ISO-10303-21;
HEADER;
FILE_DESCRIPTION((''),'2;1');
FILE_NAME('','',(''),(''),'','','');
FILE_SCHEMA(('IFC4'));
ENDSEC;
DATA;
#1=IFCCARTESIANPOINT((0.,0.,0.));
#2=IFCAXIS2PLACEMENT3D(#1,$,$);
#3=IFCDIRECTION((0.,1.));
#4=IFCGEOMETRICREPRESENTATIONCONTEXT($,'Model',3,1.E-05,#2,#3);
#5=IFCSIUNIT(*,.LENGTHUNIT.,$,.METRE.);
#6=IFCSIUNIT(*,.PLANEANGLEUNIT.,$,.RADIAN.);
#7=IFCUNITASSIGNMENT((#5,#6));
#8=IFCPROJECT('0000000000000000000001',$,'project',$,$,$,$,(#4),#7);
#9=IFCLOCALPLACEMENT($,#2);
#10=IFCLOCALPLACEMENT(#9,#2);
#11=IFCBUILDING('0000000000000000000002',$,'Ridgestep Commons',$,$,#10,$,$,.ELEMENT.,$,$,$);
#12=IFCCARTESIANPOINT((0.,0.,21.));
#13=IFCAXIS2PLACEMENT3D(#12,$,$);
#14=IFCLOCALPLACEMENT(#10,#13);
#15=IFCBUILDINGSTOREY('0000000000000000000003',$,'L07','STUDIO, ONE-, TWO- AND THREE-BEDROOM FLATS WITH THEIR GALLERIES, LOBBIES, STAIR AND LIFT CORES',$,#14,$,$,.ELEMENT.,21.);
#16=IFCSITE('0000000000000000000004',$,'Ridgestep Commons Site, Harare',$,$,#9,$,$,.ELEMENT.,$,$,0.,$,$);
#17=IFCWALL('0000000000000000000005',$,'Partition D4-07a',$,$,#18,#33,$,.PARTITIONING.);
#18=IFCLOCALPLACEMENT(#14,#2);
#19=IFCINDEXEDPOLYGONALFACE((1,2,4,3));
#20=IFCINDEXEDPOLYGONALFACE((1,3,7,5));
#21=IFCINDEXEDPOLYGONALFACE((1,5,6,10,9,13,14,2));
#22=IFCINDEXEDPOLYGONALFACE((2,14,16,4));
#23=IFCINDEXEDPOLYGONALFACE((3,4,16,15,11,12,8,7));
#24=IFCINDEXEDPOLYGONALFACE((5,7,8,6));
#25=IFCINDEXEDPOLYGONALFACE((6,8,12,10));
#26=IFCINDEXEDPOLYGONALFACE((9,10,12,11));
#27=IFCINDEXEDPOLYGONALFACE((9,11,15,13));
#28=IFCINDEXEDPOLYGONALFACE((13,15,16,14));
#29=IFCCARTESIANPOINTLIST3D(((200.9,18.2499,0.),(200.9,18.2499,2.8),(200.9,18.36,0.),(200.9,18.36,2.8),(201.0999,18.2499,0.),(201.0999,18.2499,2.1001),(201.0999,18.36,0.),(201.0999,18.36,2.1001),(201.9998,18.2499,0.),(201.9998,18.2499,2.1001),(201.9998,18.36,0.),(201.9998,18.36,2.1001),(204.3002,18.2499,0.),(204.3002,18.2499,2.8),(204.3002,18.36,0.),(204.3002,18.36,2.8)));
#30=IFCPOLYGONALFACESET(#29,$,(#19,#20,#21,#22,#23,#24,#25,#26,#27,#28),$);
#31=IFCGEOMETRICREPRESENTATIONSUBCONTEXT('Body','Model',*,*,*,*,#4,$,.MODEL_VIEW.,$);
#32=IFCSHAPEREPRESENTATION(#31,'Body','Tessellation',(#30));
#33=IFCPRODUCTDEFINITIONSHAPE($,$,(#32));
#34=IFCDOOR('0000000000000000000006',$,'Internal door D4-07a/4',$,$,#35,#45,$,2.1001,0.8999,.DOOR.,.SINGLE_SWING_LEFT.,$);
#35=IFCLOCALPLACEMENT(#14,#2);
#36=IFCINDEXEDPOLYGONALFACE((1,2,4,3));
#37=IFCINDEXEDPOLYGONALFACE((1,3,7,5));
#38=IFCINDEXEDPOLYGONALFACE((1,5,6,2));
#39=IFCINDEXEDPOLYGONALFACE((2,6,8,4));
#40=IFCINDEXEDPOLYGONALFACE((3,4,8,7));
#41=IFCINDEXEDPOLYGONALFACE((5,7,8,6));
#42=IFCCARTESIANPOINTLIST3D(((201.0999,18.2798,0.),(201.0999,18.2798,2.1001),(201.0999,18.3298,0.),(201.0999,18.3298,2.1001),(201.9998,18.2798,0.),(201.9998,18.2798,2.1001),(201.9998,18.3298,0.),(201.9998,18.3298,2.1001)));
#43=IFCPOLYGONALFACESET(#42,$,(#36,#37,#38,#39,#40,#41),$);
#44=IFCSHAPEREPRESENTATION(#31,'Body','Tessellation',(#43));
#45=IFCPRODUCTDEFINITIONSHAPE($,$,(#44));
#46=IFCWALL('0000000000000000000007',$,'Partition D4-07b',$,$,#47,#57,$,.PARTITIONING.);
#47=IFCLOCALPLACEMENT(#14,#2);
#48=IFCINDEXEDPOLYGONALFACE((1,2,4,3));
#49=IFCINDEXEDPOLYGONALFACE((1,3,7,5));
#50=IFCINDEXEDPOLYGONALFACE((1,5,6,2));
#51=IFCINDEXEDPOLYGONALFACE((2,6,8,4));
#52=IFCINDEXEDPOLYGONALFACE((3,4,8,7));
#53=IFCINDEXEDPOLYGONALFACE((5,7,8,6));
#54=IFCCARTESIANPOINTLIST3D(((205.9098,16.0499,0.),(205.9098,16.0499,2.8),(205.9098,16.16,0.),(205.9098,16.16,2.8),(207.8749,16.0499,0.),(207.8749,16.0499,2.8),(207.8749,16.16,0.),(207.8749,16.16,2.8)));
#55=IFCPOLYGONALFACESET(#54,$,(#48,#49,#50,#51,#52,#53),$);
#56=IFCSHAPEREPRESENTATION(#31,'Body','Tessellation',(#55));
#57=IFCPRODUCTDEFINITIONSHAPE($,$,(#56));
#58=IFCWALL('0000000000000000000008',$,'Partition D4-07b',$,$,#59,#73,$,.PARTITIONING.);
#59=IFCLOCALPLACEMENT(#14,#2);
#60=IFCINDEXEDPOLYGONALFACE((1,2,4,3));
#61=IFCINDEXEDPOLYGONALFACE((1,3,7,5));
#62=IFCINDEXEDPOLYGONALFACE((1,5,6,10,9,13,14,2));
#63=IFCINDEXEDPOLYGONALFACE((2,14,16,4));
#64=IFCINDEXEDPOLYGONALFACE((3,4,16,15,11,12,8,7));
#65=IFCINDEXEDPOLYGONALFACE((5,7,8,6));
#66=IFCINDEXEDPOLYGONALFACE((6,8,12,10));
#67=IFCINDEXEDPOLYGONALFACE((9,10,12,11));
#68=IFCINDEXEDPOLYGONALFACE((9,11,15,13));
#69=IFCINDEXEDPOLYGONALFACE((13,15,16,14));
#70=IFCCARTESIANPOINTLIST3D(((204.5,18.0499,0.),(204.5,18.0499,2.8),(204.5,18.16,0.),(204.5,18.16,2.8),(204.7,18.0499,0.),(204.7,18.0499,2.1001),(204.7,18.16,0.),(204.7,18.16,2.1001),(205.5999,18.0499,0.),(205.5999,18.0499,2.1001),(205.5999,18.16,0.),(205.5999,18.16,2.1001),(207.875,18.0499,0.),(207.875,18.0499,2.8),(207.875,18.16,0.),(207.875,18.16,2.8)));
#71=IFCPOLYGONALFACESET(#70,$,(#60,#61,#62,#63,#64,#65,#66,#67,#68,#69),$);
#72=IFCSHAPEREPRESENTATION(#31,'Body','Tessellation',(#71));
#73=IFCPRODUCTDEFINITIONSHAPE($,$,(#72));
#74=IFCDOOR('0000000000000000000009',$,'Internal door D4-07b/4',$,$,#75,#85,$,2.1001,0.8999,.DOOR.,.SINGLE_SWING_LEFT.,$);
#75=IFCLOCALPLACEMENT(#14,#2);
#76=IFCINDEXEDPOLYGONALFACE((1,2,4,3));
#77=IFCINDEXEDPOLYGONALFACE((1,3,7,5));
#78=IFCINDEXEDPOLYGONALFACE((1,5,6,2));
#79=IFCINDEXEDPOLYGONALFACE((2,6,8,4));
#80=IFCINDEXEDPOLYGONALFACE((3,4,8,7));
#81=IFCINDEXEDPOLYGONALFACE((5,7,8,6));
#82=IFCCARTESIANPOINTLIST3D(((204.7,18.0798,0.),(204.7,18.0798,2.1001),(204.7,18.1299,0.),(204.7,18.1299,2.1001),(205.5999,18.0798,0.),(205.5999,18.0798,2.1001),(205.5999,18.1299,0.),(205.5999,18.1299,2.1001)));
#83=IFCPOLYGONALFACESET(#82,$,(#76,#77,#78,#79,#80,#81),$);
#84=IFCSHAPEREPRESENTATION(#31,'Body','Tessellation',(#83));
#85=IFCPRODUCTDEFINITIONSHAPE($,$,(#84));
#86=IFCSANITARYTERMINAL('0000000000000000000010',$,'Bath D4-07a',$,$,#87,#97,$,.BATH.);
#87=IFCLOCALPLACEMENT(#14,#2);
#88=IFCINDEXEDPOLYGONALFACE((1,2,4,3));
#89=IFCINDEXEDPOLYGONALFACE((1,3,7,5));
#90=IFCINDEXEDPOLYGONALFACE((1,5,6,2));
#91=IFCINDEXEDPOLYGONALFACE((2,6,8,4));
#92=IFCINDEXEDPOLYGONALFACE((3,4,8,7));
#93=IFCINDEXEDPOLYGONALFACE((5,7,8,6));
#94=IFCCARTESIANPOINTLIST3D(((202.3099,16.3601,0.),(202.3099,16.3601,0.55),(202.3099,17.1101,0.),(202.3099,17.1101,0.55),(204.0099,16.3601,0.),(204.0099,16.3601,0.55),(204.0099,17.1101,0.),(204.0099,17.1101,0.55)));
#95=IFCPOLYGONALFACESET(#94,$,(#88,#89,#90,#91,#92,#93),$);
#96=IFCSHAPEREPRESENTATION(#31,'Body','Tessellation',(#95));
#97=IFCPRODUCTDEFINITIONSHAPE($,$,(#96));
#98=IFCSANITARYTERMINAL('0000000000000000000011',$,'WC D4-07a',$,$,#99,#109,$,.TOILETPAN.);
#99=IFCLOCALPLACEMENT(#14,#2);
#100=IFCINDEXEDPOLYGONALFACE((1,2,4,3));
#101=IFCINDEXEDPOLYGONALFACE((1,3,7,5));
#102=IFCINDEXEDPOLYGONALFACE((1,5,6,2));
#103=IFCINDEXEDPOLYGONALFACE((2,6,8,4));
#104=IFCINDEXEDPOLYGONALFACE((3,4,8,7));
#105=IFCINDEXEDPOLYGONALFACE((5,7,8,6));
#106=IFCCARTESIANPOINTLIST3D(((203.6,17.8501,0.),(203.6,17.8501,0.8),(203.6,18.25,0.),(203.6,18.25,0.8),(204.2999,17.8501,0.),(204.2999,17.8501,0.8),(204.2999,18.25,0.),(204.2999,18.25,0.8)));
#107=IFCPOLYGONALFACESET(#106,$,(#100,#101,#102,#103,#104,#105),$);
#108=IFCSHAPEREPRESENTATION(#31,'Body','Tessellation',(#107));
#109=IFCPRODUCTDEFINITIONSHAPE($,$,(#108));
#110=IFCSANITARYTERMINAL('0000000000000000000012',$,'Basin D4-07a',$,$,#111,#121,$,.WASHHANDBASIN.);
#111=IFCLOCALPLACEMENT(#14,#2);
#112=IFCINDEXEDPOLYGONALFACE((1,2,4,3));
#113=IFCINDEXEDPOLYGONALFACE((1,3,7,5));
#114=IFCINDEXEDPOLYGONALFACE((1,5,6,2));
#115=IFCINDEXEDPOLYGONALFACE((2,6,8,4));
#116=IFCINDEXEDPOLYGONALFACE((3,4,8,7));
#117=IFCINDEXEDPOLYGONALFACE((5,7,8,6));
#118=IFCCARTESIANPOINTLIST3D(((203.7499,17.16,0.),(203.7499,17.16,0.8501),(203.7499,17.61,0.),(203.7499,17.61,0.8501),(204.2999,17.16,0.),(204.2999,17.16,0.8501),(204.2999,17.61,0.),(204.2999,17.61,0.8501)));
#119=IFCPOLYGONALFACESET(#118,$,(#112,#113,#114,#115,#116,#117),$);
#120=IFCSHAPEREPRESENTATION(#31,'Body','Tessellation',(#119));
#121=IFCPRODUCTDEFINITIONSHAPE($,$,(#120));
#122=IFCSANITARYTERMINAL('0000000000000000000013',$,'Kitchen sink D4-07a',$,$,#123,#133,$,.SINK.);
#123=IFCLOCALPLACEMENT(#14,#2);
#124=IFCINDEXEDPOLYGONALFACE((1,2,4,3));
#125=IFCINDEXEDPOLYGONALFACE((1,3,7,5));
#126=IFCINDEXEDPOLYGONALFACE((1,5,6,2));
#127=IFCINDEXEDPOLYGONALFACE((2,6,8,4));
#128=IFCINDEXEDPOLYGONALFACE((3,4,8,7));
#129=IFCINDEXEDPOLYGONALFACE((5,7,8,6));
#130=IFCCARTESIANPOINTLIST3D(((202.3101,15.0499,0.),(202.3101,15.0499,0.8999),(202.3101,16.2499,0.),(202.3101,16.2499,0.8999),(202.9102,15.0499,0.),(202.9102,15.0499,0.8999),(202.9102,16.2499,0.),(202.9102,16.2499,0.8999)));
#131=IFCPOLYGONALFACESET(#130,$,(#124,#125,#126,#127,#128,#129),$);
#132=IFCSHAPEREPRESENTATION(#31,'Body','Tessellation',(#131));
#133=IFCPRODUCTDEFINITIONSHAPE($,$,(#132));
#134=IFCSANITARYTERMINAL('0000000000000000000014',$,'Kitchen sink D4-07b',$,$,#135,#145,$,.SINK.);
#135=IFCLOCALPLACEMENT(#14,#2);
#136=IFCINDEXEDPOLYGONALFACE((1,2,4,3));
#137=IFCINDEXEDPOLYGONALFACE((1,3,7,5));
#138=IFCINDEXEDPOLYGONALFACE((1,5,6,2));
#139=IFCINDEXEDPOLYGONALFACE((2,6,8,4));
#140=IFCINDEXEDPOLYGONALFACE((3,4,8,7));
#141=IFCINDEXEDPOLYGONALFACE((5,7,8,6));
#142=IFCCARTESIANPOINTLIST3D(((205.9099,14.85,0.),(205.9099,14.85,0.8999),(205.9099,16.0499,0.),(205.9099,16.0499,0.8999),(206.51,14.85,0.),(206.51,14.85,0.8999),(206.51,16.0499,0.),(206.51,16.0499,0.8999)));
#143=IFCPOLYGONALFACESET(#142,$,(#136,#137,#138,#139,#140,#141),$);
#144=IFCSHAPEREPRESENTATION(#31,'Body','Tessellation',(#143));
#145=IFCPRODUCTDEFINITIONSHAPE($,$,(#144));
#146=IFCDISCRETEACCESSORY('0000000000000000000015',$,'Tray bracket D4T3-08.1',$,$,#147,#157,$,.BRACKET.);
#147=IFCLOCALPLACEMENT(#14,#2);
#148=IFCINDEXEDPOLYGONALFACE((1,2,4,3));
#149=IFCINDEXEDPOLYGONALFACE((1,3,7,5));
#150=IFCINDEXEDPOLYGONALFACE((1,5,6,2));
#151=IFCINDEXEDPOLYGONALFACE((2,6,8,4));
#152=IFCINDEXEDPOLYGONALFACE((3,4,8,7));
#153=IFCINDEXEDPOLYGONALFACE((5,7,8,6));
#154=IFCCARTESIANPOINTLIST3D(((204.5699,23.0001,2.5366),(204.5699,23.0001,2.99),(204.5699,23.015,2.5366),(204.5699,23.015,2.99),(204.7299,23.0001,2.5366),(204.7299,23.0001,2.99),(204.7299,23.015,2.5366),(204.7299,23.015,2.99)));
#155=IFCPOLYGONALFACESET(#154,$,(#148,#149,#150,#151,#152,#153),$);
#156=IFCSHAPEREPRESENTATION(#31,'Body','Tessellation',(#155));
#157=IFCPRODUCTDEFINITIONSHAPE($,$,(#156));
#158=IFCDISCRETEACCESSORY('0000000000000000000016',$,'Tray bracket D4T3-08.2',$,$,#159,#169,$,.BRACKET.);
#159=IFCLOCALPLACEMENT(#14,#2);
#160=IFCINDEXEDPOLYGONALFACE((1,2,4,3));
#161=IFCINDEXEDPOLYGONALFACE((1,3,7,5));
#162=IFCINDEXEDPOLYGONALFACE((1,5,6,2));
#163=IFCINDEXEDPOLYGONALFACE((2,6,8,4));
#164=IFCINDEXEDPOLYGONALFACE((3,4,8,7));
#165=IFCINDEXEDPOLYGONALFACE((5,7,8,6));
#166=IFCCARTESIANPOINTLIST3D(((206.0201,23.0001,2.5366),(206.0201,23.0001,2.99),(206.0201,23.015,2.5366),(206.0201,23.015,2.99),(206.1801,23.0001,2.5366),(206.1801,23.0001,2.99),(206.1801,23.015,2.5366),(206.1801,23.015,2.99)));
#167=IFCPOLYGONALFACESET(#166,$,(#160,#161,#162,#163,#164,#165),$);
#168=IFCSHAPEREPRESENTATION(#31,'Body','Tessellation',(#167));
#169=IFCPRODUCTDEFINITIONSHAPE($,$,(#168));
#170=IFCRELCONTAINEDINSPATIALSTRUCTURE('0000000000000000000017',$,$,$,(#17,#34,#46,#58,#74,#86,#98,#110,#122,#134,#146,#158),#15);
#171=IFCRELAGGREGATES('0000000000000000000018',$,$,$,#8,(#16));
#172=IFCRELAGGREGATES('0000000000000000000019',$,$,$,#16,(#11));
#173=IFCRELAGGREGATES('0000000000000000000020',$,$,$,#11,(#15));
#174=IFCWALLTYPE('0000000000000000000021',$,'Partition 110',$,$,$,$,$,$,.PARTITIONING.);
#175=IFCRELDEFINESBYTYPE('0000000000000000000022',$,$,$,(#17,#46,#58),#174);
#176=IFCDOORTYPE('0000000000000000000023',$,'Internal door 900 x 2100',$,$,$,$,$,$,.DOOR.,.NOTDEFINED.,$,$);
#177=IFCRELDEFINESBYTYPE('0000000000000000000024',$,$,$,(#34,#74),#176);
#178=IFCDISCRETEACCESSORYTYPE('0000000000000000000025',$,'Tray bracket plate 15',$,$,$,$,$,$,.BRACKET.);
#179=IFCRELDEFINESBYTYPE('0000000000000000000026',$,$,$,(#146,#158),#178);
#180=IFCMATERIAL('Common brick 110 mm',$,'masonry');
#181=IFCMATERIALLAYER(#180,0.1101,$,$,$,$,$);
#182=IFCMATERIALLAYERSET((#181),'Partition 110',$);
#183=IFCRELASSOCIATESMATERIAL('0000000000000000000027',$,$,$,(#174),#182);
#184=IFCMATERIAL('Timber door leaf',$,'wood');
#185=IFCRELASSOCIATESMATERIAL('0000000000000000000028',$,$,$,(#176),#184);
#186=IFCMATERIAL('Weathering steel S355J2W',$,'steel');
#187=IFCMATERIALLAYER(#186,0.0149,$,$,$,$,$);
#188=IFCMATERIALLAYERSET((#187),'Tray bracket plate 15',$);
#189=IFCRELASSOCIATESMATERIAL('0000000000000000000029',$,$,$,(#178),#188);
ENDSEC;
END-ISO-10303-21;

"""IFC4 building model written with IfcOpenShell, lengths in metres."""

from ifc_helpers import new_model, si_unit, direction, frame, frame_2d, origin, origin_2d, place, context, subcontext, project, spatial, rectangle, extrude, material, layer, layer_set, type_object, element, fill, save


model = new_model("IFC4")

# Units and contexts
model_context = context("Model", 3, precision=1e-05, world=origin(), true_north=direction((0.0, 1.0)))
body_context = subcontext(model_context, "Body", "Model", "MODEL_VIEW")
ifc_project = project(units=[si_unit("LENGTHUNIT", "METRE"), si_unit("PLANEANGLEUNIT", "RADIAN")], contexts=[model_context])

# Site, building, storey
site_placement = place(None, origin())
site = spatial("IfcSite", under=ifc_project, at=site_placement, Name="Ridgestep Commons Site, Harare", CompositionType="ELEMENT", RefElevation=0.0)
building_placement = place(site_placement, origin())
building = spatial("IfcBuilding", under=site, at=building_placement, Name="Ridgestep Commons", CompositionType="ELEMENT")
storey_placement = place(building_placement, frame((0.0, 0.0, 21.0)))
storey = spatial("IfcBuildingStorey", under=building, at=storey_placement, Name="L07", Description="STUDIO, ONE-, TWO- AND THREE-BEDROOM FLATS WITH THEIR GALLERIES, LOBBIES, STAIR AND LIFT CORES", CompositionType="ELEMENT", Elevation=21.0)

# Shared definitions
ifc_material_1 = material(Name="Common brick 110 mm", Category="masonry")
ifc_layer_1 = layer(ifc_material_1, 0.1101)
ifc_layer_set_1 = layer_set([ifc_layer_1], Name="Partition 110")
wall_type_1 = type_object("IfcWallType", Name="Partition 110", PredefinedType="PARTITIONING", material=ifc_layer_set_1)

# Wall, opening, door
wall_1_placement = place(storey_placement, frame((200.8999, 18.3049, 0.0), z_axis=(0.0, 0.0, 1.0), x_axis=(1.0, 0.0, 0.0)))
wall_1 = element("IfcWall", 1, at=wall_1_placement, inside=storey, type_object=wall_type_1, Name="Partition D4-07a", PredefinedType="PARTITIONING", context=body_context, shape_type="SweptSolid", body=[
    extrude(rectangle(XDim=3.4001, YDim=0.1101, at=frame_2d((1.7002, 0.0))), origin(), (0.0, 0.0, 1.0), 2.8),
])
opening_1_placement = place(wall_1_placement, frame((0.2, 0.0, 0.0)))
opening_1 = element("IfcOpeningElement", 2, at=opening_1_placement, cuts=wall_1, PredefinedType="OPENING", context=body_context, shape_type="SweptSolid", body=[
    extrude(rectangle(XDim=0.8999, YDim=2.1001, at=frame_2d((0.45, 1.05))), frame((0.0, 0.0649, 0.0), z_axis=(0.0, -1.0, 0.0), x_axis=(1.0, 0.0, 0.0)), (0.0, 0.0, 1.0), 0.1301),
])
ifc_material_2 = material(Name="Timber door leaf", Category="wood")
door_type = type_object("IfcDoorType", Name="Internal door 900 x 2100", OperationType="NOTDEFINED", PredefinedType="DOOR", material=ifc_material_2)
door_1_placement = place(opening_1_placement, origin())
door_1 = element("IfcDoor", 3, at=door_1_placement, inside=storey, type_object=door_type, Name="Internal door D4-07a/4", OperationType="SINGLE_SWING_LEFT", OverallHeight=2.1001, OverallWidth=0.8999, PredefinedType="DOOR", context=body_context, shape_type="SweptSolid", body=[
    extrude(rectangle(XDim=0.8999, YDim=2.1001, at=frame_2d((0.45, 1.05))), frame((0.0, 0.0249, 0.0), z_axis=(0.0, -1.0, 0.0), x_axis=(1.0, 0.0, 0.0)), (0.0, 0.0, 1.0), 0.05),
])
fill(opening_1, door_1)

# Wall
wall_2_placement = place(storey_placement, frame((205.9099, 16.105, 0.0), z_axis=(0.0, 0.0, 1.0), x_axis=(1.0, 0.0, 0.0)))
element("IfcWall", 4, at=wall_2_placement, inside=storey, type_object=wall_type_1, Name="Partition D4-07b", PredefinedType="PARTITIONING", context=body_context, shape_type="SweptSolid", body=[
    extrude(rectangle(XDim=1.9651, YDim=0.1101, at=frame_2d((0.9824, 0.0))), origin(), (0.0, 0.0, 1.0), 2.8),
])

# Wall, opening, door
wall_3_placement = place(storey_placement, frame((204.5, 18.105, 0.0), z_axis=(0.0, 0.0, 1.0), x_axis=(1.0, 0.0, 0.0)))
wall_3 = element("IfcWall", 5, at=wall_3_placement, inside=storey, type_object=wall_type_1, Name="Partition D4-07b", PredefinedType="PARTITIONING", context=body_context, shape_type="SweptSolid", body=[
    extrude(rectangle(XDim=3.375, YDim=0.1101, at=frame_2d((1.6875, 0.0))), origin(), (0.0, 0.0, 1.0), 2.8),
])
opening_2_placement = place(wall_3_placement, frame((0.2, 0.0, 0.0)))
opening_2 = element("IfcOpeningElement", 6, at=opening_2_placement, cuts=wall_3, PredefinedType="OPENING", context=body_context, shape_type="SweptSolid", body=[
    extrude(rectangle(XDim=0.8999, YDim=2.1001, at=frame_2d((0.45, 1.05))), frame((0.0, 0.0649, 0.0), z_axis=(0.0, -1.0, 0.0), x_axis=(1.0, 0.0, 0.0)), (0.0, 0.0, 1.0), 0.1301),
])
door_2_placement = place(opening_2_placement, origin())
door_2 = element("IfcDoor", 7, at=door_2_placement, inside=storey, type_object=door_type, Name="Internal door D4-07b/4", OperationType="SINGLE_SWING_LEFT", OverallHeight=2.1001, OverallWidth=0.8999, PredefinedType="DOOR", context=body_context, shape_type="SweptSolid", body=[
    extrude(rectangle(XDim=0.8999, YDim=2.1001, at=frame_2d((0.45, 1.05))), frame((0.0, 0.0249, 0.0), z_axis=(0.0, -1.0, 0.0), x_axis=(1.0, 0.0, 0.0)), (0.0, 0.0, 1.0), 0.05),
])
fill(opening_2, door_2)

# Sanitary terminals
sanitary_terminal_1_placement = place(storey_placement, frame((203.1599, 16.7351, 0.0), z_axis=(0.0, 0.0, 1.0), x_axis=(1.0, 0.0, 0.0)))
element("IfcSanitaryTerminal", 8, at=sanitary_terminal_1_placement, inside=storey, Name="Bath D4-07a", PredefinedType="BATH", context=body_context, shape_type="SweptSolid", body=[
    extrude(rectangle(XDim=1.7, YDim=0.75, at=origin_2d()), origin(), (0.0, 0.0, 1.0), 0.55),
])
sanitary_terminal_2_placement = place(storey_placement, frame((203.95, 18.05, 0.0), z_axis=(0.0, 0.0, 1.0), x_axis=(1.0, 0.0, 0.0)))
element("IfcSanitaryTerminal", 9, at=sanitary_terminal_2_placement, inside=storey, Name="WC D4-07a", PredefinedType="TOILETPAN", context=body_context, shape_type="SweptSolid", body=[
    extrude(rectangle(XDim=0.7, YDim=0.3999, at=origin_2d()), origin(), (0.0, 0.0, 1.0), 0.8),
])
sanitary_terminal_3_placement = place(storey_placement, frame((204.0249, 17.385, 0.0), z_axis=(0.0, 0.0, 1.0), x_axis=(1.0, 0.0, 0.0)))
element("IfcSanitaryTerminal", 10, at=sanitary_terminal_3_placement, inside=storey, Name="Basin D4-07a", PredefinedType="WASHHANDBASIN", context=body_context, shape_type="SweptSolid", body=[
    extrude(rectangle(XDim=0.55, YDim=0.45, at=origin_2d()), origin(), (0.0, 0.0, 1.0), 0.8501),
])
for number, where, z_axis, x_axis, name in (
    (11, (202.6101, 15.6499, 0.0), (0.0, 0.0, 1.0), (1.0, 0.0, 0.0), "Kitchen sink D4-07a"),
    (12, (206.21, 15.45, 0.0), (0.0, 0.0, 1.0), (1.0, 0.0, 0.0), "Kitchen sink D4-07b"),
):
    element("IfcSanitaryTerminal", number, at=place(storey_placement, frame(where, z_axis=z_axis, x_axis=x_axis)), inside=storey, Name=name, PredefinedType="SINK", context=body_context, shape_type="SweptSolid", body=[
        extrude(rectangle(XDim=0.6001, YDim=1.2, at=origin_2d()), origin(), (0.0, 0.0, 1.0), 0.8999),
    ])

# Discrete accessories
ifc_material_3 = material(Name="Weathering steel S355J2W", Category="steel")
ifc_layer_2 = layer(ifc_material_3, 0.0149)
ifc_layer_set_2 = layer_set([ifc_layer_2], Name="Tray bracket plate 15")
discrete_accessory_type = type_object("IfcDiscreteAccessoryType", Name="Tray bracket plate 15", PredefinedType="BRACKET", material=ifc_layer_set_2)
for number, where, z_axis, x_axis, name in (
    (13, (204.6499, 23.0076, 2.5366), (0.0, 0.0, 1.0), (1.0, 0.0, 0.0), "Tray bracket D4T3-08.1"),
    (14, (206.1001, 23.0076, 2.5366), (0.0, 0.0, 1.0), (1.0, 0.0, 0.0), "Tray bracket D4T3-08.2"),
):
    element("IfcDiscreteAccessory", number, at=place(storey_placement, frame(where, z_axis=z_axis, x_axis=x_axis)), inside=storey, type_object=discrete_accessory_type, Name=name, PredefinedType="BRACKET", context=body_context, shape_type="SweptSolid", body=[
        extrude(rectangle(XDim=0.1599, YDim=0.0149, at=origin_2d()), origin(), (0.0, 0.0, 1.0), 0.4534),
    ])

save(model, "model.ifc")
